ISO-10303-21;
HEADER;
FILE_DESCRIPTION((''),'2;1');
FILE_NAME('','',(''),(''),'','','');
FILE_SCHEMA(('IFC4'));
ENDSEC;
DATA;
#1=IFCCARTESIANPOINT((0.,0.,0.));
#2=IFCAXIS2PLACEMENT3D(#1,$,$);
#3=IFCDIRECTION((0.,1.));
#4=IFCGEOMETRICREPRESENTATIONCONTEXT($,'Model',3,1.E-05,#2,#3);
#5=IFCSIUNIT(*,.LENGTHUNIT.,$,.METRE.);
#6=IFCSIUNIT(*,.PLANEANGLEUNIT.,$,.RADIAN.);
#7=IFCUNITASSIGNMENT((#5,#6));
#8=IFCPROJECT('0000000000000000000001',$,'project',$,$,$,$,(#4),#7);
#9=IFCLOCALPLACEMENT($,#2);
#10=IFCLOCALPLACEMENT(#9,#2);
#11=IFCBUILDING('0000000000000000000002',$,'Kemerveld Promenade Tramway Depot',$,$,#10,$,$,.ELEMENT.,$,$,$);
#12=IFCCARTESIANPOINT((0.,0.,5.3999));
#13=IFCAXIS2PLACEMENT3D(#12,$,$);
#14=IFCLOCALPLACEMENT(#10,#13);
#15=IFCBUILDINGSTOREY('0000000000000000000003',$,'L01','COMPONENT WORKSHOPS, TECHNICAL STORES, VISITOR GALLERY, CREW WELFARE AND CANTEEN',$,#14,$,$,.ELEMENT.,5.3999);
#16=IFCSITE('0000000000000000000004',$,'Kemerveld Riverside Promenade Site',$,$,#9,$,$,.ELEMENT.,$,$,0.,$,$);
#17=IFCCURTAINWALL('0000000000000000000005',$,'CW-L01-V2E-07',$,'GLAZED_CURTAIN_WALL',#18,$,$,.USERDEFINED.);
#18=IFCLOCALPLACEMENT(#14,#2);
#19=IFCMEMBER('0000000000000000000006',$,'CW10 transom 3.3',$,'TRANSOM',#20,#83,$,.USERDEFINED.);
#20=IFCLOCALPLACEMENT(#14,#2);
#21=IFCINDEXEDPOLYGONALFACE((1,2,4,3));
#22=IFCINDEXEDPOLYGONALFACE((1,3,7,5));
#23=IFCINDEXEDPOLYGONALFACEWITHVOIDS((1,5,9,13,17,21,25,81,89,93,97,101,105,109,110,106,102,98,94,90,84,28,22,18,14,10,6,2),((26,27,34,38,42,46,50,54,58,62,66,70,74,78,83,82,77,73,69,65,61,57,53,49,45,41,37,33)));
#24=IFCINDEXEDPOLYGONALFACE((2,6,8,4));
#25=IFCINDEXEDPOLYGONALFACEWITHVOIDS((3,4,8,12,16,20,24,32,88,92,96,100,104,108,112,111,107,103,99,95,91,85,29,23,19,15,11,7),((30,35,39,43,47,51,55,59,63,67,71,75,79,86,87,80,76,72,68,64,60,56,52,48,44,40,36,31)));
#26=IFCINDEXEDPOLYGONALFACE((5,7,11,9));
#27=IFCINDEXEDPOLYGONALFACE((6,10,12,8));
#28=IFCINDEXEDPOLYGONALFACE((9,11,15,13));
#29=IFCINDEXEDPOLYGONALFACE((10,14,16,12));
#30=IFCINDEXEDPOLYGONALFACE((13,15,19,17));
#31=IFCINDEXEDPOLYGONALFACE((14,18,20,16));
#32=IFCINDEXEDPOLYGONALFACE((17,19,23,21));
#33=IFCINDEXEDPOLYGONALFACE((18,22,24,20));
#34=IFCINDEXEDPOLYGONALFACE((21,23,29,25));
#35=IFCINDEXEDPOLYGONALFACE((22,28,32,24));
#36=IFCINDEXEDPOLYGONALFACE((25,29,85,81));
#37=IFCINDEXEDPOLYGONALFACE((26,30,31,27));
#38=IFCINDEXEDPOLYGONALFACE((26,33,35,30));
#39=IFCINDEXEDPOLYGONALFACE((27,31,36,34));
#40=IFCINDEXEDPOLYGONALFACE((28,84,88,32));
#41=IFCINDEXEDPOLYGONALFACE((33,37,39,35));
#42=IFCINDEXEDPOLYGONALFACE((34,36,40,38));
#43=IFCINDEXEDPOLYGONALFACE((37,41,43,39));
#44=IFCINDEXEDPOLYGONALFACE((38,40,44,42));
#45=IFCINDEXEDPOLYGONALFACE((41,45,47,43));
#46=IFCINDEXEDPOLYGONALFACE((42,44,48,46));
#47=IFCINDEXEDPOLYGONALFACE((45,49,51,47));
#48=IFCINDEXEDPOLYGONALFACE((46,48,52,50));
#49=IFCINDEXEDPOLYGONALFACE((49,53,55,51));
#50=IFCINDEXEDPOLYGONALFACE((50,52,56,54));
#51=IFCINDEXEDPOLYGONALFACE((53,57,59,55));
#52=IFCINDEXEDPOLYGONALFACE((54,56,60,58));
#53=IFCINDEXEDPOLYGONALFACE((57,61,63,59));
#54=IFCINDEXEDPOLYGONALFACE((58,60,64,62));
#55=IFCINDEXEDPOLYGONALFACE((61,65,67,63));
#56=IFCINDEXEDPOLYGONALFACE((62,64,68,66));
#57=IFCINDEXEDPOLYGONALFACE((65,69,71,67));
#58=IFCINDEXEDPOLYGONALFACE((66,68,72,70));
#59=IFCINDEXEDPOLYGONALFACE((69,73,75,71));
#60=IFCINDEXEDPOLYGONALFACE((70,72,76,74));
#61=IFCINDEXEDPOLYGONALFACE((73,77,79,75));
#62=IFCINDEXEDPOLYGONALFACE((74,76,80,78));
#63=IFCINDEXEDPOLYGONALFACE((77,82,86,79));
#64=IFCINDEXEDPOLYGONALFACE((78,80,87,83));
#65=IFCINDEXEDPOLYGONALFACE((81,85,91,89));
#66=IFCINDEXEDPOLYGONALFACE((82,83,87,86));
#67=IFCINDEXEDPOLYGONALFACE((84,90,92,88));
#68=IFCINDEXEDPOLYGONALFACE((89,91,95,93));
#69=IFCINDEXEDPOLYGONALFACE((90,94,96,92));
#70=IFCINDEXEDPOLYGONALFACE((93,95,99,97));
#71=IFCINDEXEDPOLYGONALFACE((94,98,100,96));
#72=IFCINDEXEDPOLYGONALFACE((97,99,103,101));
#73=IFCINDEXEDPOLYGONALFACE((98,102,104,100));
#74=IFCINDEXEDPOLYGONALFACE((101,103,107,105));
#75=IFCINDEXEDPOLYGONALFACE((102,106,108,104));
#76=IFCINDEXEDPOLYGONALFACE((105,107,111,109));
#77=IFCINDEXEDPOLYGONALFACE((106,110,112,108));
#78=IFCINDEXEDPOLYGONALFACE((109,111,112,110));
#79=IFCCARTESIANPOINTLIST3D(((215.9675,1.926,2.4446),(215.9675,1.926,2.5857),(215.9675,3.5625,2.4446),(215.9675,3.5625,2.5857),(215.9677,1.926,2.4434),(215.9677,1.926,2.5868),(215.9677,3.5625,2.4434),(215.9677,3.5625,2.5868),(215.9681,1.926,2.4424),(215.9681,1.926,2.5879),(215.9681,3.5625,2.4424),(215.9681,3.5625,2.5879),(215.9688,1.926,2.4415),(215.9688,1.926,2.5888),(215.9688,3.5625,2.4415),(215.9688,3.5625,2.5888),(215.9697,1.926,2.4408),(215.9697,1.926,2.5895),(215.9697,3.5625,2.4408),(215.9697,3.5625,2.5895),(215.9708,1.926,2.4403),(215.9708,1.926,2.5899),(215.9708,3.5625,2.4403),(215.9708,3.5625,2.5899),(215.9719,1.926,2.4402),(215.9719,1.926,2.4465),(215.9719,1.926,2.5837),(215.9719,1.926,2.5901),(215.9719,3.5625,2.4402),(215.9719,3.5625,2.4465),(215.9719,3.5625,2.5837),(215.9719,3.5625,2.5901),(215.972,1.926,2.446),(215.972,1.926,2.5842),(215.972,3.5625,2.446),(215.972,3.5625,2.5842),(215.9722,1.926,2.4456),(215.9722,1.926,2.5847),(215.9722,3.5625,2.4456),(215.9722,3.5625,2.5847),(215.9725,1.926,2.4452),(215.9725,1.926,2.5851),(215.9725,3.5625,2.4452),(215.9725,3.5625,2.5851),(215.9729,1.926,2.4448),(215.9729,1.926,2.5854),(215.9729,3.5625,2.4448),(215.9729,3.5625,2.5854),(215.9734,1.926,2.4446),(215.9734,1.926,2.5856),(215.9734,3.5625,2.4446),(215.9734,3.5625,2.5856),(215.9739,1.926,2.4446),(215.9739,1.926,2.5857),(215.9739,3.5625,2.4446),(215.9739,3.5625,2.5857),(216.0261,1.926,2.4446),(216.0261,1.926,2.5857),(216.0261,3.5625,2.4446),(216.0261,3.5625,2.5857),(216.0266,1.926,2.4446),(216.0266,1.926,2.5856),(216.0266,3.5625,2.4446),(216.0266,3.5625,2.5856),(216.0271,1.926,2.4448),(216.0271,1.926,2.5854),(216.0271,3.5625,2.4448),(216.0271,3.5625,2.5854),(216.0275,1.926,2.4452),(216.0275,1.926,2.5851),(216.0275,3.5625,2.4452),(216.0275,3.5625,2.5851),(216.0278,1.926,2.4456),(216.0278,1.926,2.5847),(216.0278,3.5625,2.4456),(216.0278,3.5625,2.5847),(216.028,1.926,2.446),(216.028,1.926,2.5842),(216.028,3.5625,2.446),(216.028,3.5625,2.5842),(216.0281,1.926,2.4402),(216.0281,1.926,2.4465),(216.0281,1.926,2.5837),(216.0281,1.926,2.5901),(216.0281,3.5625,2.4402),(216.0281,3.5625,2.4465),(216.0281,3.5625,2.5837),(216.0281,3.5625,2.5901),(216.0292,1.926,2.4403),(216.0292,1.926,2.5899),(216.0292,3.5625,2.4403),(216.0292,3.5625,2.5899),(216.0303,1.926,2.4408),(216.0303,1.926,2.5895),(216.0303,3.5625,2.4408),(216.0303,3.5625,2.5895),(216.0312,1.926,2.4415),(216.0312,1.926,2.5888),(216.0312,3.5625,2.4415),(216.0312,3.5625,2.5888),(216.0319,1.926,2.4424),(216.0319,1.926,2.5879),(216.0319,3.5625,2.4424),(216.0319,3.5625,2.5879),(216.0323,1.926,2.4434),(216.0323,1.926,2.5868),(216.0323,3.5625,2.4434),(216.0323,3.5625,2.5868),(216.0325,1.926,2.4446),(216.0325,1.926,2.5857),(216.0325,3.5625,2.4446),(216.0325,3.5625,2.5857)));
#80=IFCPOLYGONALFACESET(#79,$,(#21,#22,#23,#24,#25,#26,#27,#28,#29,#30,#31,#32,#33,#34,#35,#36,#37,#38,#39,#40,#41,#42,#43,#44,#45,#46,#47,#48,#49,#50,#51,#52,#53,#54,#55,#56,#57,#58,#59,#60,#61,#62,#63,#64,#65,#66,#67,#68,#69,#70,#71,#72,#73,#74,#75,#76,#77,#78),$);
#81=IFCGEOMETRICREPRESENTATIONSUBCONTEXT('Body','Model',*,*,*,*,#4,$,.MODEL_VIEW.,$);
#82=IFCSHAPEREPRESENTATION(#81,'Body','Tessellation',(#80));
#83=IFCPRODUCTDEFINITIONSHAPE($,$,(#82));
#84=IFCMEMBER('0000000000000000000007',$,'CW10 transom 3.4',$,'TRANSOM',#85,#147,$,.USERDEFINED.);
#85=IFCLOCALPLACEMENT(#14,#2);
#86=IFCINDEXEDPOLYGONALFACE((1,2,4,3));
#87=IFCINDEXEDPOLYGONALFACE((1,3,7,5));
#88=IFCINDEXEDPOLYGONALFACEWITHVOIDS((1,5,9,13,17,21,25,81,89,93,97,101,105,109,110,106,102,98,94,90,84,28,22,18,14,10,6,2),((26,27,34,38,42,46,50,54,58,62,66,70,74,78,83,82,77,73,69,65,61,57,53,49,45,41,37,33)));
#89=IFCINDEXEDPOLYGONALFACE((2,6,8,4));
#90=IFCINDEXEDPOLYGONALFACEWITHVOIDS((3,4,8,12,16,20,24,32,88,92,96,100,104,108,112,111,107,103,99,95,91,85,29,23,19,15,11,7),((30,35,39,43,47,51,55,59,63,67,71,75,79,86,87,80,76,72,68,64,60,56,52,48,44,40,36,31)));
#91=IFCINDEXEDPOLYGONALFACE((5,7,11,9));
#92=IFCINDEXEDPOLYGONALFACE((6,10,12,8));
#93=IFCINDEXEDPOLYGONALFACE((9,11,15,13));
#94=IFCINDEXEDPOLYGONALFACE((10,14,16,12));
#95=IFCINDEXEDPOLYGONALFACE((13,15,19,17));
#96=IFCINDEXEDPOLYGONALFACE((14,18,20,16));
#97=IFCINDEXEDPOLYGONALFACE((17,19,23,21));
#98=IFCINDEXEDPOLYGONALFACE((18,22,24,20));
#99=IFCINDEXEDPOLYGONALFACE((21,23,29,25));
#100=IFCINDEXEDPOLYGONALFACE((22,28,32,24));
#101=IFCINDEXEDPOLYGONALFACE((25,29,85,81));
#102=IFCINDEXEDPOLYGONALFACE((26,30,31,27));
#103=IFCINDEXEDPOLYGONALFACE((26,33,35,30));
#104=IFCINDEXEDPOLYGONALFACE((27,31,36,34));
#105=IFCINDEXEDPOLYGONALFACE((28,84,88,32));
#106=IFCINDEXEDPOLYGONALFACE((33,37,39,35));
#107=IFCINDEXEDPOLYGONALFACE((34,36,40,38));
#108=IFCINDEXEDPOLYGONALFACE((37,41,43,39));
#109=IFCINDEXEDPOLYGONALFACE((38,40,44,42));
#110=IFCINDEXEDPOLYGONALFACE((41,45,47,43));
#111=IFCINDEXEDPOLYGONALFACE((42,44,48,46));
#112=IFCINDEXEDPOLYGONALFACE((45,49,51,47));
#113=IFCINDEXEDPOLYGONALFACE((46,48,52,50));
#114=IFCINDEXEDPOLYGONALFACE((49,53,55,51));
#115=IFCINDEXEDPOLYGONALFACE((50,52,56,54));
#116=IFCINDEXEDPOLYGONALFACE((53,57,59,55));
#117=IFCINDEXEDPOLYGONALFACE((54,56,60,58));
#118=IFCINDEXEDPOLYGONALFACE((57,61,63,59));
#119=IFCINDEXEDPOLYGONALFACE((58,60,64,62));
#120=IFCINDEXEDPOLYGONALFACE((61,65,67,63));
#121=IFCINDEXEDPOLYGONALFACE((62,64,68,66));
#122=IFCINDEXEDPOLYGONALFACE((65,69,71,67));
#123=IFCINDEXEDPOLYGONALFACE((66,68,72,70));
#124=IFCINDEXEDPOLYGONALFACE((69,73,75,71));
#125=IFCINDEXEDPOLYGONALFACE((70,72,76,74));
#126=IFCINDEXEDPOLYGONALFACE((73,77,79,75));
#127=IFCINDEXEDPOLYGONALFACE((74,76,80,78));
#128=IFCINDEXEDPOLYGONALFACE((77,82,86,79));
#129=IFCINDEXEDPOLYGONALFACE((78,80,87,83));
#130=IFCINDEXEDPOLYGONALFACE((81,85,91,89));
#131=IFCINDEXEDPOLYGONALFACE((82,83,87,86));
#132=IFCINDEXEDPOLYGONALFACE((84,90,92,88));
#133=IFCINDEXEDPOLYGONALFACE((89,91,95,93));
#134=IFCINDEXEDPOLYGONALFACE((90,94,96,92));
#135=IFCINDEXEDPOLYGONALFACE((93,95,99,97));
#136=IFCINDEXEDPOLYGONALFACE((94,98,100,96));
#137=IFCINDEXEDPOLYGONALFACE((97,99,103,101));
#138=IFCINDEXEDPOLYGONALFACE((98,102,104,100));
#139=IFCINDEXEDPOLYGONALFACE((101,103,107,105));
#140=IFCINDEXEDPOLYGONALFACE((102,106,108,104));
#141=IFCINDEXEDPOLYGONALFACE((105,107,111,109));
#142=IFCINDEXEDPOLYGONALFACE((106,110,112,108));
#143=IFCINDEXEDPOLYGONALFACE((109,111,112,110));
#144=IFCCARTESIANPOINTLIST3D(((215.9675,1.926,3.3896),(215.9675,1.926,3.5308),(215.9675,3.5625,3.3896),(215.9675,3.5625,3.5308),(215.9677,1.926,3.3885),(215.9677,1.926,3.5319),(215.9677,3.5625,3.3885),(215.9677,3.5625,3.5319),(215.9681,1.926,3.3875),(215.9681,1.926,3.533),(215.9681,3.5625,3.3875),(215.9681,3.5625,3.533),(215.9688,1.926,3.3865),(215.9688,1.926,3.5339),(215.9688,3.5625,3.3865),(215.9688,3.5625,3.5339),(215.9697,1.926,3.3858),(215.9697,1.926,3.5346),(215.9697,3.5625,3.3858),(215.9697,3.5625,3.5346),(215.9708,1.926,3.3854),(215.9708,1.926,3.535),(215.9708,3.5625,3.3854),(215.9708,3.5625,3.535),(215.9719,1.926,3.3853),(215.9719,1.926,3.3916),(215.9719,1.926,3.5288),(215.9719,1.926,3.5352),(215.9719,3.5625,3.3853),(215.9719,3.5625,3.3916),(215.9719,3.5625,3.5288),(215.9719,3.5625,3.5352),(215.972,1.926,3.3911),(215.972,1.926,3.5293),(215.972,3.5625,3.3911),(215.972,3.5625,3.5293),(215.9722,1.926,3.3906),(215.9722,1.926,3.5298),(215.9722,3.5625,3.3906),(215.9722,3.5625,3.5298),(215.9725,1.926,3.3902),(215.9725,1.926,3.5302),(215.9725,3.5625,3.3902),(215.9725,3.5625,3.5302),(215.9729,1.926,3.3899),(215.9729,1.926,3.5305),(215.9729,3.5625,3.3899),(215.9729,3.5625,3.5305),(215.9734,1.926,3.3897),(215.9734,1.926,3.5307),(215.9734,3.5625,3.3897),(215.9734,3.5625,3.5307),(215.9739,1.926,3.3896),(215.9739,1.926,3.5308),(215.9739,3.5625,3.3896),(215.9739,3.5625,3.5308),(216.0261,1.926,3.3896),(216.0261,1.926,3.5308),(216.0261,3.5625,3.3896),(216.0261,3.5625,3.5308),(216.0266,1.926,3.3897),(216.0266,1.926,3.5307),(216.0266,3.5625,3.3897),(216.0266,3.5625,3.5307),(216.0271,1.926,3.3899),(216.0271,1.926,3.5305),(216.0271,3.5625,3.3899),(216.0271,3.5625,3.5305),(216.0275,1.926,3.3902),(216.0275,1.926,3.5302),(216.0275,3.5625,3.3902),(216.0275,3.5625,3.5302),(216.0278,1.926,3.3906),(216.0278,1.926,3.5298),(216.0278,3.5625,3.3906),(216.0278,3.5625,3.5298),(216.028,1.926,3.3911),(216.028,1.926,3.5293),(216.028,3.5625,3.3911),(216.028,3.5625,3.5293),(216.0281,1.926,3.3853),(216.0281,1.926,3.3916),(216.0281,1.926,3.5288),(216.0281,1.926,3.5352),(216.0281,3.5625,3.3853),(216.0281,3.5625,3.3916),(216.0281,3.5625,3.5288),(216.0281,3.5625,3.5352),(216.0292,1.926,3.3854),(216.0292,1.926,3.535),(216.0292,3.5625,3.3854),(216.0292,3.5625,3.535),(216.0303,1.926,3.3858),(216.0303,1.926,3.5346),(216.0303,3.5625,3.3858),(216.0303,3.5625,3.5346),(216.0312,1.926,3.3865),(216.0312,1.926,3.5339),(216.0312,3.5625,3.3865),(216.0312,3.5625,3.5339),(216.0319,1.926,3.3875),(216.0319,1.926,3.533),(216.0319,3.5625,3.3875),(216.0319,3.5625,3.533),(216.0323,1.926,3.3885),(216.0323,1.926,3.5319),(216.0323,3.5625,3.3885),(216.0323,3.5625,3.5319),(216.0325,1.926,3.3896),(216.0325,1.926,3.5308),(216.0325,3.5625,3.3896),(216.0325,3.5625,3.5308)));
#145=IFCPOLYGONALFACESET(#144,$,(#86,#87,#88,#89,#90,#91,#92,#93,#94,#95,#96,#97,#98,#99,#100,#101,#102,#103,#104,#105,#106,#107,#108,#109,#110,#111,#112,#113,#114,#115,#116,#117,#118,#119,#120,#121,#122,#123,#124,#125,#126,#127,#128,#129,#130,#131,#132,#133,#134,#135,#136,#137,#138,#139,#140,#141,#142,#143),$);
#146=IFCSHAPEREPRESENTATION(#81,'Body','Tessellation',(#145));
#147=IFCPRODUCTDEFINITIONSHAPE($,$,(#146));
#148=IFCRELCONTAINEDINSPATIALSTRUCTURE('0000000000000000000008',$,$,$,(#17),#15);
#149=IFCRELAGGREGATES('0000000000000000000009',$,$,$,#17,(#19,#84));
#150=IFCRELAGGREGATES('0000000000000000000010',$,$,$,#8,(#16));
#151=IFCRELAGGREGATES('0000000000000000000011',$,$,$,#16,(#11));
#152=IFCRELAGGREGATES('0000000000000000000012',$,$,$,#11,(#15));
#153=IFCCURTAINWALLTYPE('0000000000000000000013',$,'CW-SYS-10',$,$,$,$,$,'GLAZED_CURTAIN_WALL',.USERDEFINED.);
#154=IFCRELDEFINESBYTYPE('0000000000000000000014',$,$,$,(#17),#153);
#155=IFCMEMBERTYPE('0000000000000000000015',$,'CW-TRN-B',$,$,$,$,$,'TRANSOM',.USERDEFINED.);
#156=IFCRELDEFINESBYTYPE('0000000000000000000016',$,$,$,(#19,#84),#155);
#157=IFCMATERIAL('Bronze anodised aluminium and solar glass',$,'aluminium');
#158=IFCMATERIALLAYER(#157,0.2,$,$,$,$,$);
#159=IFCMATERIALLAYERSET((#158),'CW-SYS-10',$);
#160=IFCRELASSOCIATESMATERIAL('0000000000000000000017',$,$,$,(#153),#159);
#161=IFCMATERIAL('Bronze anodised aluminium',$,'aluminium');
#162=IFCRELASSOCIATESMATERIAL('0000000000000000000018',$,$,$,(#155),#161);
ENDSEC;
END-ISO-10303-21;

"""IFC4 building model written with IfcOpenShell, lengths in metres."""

from ifc_helpers import new_model, si_unit, direction, frame, origin, origin_2d, place, context, subcontext, project, spatial, hollow_rectangle, extrude, material, layer, layer_set, material_profile, profile_set, type_object, element, aggregate, save


model = new_model("IFC4")

# Units and contexts
model_context = context("Model", 3, precision=1e-05, world=origin(), true_north=direction((0.0, 1.0)))
body_context = subcontext(model_context, "Body", "Model", "MODEL_VIEW")
ifc_project = project(units=[si_unit("LENGTHUNIT", "METRE"), si_unit("PLANEANGLEUNIT", "RADIAN")], contexts=[model_context])

# Site, building, storey
site_placement = place(None, origin())
site = spatial("IfcSite", under=ifc_project, at=site_placement, Name="Kemerveld Riverside Promenade Site", CompositionType="ELEMENT", RefElevation=0.0)
building_placement = place(site_placement, origin())
building = spatial("IfcBuilding", under=site, at=building_placement, Name="Kemerveld Promenade Tramway Depot", CompositionType="ELEMENT")
storey_placement = place(building_placement, frame((0.0, 0.0, 5.3999)))
storey = spatial("IfcBuildingStorey", under=building, at=storey_placement, Name="L01", Description="COMPONENT WORKSHOPS, TECHNICAL STORES, VISITOR GALLERY, CREW WELFARE AND CANTEEN", CompositionType="ELEMENT", Elevation=5.3999)

# Curtain wall, members
ifc_material_1 = material(Name="Bronze anodised aluminium and solar glass", Category="aluminium")
ifc_layer_1 = layer(ifc_material_1, 0.2)
ifc_layer_set_1 = layer_set([ifc_layer_1], Name="CW-SYS-10")
curtain_wall_type = type_object("IfcCurtainWallType", Name="CW-SYS-10", ElementType="GLAZED_CURTAIN_WALL", PredefinedType="USERDEFINED", material=ifc_layer_set_1)
curtain_wall_placement = place(storey_placement, origin())
curtain_wall = element("IfcCurtainWall", 1, at=curtain_wall_placement, inside=storey, type_object=curtain_wall_type, Name="CW-L01-V2E-07", ObjectType="GLAZED_CURTAIN_WALL", PredefinedType="USERDEFINED")
ifc_material_2 = material(Name="Bronze anodised aluminium", Category="aluminium")
ifc_material_profile_1 = material_profile(ifc_material_2, hollow_rectangle(XDim=0.0649, YDim=0.1499, WallThickness=0.0044, InnerFilletRadius=0.002, OuterFilletRadius=0.0044, at=origin_2d()), Name="CW-TRN-150x65")
ifc_profile_set_1 = profile_set([ifc_material_profile_1], Name="Bronze anodised aluminium")
member_type_1 = type_object("IfcMemberType", Name="CW-TRN-B", ElementType="TRANSOM", PredefinedType="USERDEFINED", material=ifc_profile_set_1)
member_1_placement = place(storey_placement, frame((216.0, 3.5625, 2.5151), z_axis=(0.0, -1.0, 0.0), x_axis=(1.0, 0.0, 0.0)))
member_1 = element("IfcMember", 2, at=member_1_placement, type_object=member_type_1, Name="CW10 transom 3.3", ObjectType="TRANSOM", PredefinedType="USERDEFINED", context=body_context, shape_type="SweptSolid", body=[
    extrude(hollow_rectangle(XDim=0.0649, YDim=0.1499, WallThickness=0.0044, InnerFilletRadius=0.002, OuterFilletRadius=0.0044, at=origin_2d()), origin(), (0.0, 0.0, 1.0), 1.6365),
])
member_2_placement = place(storey_placement, frame((216.0, 3.5625, 3.4602), z_axis=(0.0, -1.0, 0.0), x_axis=(1.0, 0.0, 0.0)))
member_2 = element("IfcMember", 3, at=member_2_placement, type_object=member_type_1, Name="CW10 transom 3.4", ObjectType="TRANSOM", PredefinedType="USERDEFINED", context=body_context, shape_type="SweptSolid", body=[
    extrude(hollow_rectangle(XDim=0.0649, YDim=0.1499, WallThickness=0.0044, InnerFilletRadius=0.002, OuterFilletRadius=0.0044, at=origin_2d()), origin(), (0.0, 0.0, 1.0), 1.6365),
])
aggregate(curtain_wall, [member_1, member_2])

save(model, "model.ifc")
